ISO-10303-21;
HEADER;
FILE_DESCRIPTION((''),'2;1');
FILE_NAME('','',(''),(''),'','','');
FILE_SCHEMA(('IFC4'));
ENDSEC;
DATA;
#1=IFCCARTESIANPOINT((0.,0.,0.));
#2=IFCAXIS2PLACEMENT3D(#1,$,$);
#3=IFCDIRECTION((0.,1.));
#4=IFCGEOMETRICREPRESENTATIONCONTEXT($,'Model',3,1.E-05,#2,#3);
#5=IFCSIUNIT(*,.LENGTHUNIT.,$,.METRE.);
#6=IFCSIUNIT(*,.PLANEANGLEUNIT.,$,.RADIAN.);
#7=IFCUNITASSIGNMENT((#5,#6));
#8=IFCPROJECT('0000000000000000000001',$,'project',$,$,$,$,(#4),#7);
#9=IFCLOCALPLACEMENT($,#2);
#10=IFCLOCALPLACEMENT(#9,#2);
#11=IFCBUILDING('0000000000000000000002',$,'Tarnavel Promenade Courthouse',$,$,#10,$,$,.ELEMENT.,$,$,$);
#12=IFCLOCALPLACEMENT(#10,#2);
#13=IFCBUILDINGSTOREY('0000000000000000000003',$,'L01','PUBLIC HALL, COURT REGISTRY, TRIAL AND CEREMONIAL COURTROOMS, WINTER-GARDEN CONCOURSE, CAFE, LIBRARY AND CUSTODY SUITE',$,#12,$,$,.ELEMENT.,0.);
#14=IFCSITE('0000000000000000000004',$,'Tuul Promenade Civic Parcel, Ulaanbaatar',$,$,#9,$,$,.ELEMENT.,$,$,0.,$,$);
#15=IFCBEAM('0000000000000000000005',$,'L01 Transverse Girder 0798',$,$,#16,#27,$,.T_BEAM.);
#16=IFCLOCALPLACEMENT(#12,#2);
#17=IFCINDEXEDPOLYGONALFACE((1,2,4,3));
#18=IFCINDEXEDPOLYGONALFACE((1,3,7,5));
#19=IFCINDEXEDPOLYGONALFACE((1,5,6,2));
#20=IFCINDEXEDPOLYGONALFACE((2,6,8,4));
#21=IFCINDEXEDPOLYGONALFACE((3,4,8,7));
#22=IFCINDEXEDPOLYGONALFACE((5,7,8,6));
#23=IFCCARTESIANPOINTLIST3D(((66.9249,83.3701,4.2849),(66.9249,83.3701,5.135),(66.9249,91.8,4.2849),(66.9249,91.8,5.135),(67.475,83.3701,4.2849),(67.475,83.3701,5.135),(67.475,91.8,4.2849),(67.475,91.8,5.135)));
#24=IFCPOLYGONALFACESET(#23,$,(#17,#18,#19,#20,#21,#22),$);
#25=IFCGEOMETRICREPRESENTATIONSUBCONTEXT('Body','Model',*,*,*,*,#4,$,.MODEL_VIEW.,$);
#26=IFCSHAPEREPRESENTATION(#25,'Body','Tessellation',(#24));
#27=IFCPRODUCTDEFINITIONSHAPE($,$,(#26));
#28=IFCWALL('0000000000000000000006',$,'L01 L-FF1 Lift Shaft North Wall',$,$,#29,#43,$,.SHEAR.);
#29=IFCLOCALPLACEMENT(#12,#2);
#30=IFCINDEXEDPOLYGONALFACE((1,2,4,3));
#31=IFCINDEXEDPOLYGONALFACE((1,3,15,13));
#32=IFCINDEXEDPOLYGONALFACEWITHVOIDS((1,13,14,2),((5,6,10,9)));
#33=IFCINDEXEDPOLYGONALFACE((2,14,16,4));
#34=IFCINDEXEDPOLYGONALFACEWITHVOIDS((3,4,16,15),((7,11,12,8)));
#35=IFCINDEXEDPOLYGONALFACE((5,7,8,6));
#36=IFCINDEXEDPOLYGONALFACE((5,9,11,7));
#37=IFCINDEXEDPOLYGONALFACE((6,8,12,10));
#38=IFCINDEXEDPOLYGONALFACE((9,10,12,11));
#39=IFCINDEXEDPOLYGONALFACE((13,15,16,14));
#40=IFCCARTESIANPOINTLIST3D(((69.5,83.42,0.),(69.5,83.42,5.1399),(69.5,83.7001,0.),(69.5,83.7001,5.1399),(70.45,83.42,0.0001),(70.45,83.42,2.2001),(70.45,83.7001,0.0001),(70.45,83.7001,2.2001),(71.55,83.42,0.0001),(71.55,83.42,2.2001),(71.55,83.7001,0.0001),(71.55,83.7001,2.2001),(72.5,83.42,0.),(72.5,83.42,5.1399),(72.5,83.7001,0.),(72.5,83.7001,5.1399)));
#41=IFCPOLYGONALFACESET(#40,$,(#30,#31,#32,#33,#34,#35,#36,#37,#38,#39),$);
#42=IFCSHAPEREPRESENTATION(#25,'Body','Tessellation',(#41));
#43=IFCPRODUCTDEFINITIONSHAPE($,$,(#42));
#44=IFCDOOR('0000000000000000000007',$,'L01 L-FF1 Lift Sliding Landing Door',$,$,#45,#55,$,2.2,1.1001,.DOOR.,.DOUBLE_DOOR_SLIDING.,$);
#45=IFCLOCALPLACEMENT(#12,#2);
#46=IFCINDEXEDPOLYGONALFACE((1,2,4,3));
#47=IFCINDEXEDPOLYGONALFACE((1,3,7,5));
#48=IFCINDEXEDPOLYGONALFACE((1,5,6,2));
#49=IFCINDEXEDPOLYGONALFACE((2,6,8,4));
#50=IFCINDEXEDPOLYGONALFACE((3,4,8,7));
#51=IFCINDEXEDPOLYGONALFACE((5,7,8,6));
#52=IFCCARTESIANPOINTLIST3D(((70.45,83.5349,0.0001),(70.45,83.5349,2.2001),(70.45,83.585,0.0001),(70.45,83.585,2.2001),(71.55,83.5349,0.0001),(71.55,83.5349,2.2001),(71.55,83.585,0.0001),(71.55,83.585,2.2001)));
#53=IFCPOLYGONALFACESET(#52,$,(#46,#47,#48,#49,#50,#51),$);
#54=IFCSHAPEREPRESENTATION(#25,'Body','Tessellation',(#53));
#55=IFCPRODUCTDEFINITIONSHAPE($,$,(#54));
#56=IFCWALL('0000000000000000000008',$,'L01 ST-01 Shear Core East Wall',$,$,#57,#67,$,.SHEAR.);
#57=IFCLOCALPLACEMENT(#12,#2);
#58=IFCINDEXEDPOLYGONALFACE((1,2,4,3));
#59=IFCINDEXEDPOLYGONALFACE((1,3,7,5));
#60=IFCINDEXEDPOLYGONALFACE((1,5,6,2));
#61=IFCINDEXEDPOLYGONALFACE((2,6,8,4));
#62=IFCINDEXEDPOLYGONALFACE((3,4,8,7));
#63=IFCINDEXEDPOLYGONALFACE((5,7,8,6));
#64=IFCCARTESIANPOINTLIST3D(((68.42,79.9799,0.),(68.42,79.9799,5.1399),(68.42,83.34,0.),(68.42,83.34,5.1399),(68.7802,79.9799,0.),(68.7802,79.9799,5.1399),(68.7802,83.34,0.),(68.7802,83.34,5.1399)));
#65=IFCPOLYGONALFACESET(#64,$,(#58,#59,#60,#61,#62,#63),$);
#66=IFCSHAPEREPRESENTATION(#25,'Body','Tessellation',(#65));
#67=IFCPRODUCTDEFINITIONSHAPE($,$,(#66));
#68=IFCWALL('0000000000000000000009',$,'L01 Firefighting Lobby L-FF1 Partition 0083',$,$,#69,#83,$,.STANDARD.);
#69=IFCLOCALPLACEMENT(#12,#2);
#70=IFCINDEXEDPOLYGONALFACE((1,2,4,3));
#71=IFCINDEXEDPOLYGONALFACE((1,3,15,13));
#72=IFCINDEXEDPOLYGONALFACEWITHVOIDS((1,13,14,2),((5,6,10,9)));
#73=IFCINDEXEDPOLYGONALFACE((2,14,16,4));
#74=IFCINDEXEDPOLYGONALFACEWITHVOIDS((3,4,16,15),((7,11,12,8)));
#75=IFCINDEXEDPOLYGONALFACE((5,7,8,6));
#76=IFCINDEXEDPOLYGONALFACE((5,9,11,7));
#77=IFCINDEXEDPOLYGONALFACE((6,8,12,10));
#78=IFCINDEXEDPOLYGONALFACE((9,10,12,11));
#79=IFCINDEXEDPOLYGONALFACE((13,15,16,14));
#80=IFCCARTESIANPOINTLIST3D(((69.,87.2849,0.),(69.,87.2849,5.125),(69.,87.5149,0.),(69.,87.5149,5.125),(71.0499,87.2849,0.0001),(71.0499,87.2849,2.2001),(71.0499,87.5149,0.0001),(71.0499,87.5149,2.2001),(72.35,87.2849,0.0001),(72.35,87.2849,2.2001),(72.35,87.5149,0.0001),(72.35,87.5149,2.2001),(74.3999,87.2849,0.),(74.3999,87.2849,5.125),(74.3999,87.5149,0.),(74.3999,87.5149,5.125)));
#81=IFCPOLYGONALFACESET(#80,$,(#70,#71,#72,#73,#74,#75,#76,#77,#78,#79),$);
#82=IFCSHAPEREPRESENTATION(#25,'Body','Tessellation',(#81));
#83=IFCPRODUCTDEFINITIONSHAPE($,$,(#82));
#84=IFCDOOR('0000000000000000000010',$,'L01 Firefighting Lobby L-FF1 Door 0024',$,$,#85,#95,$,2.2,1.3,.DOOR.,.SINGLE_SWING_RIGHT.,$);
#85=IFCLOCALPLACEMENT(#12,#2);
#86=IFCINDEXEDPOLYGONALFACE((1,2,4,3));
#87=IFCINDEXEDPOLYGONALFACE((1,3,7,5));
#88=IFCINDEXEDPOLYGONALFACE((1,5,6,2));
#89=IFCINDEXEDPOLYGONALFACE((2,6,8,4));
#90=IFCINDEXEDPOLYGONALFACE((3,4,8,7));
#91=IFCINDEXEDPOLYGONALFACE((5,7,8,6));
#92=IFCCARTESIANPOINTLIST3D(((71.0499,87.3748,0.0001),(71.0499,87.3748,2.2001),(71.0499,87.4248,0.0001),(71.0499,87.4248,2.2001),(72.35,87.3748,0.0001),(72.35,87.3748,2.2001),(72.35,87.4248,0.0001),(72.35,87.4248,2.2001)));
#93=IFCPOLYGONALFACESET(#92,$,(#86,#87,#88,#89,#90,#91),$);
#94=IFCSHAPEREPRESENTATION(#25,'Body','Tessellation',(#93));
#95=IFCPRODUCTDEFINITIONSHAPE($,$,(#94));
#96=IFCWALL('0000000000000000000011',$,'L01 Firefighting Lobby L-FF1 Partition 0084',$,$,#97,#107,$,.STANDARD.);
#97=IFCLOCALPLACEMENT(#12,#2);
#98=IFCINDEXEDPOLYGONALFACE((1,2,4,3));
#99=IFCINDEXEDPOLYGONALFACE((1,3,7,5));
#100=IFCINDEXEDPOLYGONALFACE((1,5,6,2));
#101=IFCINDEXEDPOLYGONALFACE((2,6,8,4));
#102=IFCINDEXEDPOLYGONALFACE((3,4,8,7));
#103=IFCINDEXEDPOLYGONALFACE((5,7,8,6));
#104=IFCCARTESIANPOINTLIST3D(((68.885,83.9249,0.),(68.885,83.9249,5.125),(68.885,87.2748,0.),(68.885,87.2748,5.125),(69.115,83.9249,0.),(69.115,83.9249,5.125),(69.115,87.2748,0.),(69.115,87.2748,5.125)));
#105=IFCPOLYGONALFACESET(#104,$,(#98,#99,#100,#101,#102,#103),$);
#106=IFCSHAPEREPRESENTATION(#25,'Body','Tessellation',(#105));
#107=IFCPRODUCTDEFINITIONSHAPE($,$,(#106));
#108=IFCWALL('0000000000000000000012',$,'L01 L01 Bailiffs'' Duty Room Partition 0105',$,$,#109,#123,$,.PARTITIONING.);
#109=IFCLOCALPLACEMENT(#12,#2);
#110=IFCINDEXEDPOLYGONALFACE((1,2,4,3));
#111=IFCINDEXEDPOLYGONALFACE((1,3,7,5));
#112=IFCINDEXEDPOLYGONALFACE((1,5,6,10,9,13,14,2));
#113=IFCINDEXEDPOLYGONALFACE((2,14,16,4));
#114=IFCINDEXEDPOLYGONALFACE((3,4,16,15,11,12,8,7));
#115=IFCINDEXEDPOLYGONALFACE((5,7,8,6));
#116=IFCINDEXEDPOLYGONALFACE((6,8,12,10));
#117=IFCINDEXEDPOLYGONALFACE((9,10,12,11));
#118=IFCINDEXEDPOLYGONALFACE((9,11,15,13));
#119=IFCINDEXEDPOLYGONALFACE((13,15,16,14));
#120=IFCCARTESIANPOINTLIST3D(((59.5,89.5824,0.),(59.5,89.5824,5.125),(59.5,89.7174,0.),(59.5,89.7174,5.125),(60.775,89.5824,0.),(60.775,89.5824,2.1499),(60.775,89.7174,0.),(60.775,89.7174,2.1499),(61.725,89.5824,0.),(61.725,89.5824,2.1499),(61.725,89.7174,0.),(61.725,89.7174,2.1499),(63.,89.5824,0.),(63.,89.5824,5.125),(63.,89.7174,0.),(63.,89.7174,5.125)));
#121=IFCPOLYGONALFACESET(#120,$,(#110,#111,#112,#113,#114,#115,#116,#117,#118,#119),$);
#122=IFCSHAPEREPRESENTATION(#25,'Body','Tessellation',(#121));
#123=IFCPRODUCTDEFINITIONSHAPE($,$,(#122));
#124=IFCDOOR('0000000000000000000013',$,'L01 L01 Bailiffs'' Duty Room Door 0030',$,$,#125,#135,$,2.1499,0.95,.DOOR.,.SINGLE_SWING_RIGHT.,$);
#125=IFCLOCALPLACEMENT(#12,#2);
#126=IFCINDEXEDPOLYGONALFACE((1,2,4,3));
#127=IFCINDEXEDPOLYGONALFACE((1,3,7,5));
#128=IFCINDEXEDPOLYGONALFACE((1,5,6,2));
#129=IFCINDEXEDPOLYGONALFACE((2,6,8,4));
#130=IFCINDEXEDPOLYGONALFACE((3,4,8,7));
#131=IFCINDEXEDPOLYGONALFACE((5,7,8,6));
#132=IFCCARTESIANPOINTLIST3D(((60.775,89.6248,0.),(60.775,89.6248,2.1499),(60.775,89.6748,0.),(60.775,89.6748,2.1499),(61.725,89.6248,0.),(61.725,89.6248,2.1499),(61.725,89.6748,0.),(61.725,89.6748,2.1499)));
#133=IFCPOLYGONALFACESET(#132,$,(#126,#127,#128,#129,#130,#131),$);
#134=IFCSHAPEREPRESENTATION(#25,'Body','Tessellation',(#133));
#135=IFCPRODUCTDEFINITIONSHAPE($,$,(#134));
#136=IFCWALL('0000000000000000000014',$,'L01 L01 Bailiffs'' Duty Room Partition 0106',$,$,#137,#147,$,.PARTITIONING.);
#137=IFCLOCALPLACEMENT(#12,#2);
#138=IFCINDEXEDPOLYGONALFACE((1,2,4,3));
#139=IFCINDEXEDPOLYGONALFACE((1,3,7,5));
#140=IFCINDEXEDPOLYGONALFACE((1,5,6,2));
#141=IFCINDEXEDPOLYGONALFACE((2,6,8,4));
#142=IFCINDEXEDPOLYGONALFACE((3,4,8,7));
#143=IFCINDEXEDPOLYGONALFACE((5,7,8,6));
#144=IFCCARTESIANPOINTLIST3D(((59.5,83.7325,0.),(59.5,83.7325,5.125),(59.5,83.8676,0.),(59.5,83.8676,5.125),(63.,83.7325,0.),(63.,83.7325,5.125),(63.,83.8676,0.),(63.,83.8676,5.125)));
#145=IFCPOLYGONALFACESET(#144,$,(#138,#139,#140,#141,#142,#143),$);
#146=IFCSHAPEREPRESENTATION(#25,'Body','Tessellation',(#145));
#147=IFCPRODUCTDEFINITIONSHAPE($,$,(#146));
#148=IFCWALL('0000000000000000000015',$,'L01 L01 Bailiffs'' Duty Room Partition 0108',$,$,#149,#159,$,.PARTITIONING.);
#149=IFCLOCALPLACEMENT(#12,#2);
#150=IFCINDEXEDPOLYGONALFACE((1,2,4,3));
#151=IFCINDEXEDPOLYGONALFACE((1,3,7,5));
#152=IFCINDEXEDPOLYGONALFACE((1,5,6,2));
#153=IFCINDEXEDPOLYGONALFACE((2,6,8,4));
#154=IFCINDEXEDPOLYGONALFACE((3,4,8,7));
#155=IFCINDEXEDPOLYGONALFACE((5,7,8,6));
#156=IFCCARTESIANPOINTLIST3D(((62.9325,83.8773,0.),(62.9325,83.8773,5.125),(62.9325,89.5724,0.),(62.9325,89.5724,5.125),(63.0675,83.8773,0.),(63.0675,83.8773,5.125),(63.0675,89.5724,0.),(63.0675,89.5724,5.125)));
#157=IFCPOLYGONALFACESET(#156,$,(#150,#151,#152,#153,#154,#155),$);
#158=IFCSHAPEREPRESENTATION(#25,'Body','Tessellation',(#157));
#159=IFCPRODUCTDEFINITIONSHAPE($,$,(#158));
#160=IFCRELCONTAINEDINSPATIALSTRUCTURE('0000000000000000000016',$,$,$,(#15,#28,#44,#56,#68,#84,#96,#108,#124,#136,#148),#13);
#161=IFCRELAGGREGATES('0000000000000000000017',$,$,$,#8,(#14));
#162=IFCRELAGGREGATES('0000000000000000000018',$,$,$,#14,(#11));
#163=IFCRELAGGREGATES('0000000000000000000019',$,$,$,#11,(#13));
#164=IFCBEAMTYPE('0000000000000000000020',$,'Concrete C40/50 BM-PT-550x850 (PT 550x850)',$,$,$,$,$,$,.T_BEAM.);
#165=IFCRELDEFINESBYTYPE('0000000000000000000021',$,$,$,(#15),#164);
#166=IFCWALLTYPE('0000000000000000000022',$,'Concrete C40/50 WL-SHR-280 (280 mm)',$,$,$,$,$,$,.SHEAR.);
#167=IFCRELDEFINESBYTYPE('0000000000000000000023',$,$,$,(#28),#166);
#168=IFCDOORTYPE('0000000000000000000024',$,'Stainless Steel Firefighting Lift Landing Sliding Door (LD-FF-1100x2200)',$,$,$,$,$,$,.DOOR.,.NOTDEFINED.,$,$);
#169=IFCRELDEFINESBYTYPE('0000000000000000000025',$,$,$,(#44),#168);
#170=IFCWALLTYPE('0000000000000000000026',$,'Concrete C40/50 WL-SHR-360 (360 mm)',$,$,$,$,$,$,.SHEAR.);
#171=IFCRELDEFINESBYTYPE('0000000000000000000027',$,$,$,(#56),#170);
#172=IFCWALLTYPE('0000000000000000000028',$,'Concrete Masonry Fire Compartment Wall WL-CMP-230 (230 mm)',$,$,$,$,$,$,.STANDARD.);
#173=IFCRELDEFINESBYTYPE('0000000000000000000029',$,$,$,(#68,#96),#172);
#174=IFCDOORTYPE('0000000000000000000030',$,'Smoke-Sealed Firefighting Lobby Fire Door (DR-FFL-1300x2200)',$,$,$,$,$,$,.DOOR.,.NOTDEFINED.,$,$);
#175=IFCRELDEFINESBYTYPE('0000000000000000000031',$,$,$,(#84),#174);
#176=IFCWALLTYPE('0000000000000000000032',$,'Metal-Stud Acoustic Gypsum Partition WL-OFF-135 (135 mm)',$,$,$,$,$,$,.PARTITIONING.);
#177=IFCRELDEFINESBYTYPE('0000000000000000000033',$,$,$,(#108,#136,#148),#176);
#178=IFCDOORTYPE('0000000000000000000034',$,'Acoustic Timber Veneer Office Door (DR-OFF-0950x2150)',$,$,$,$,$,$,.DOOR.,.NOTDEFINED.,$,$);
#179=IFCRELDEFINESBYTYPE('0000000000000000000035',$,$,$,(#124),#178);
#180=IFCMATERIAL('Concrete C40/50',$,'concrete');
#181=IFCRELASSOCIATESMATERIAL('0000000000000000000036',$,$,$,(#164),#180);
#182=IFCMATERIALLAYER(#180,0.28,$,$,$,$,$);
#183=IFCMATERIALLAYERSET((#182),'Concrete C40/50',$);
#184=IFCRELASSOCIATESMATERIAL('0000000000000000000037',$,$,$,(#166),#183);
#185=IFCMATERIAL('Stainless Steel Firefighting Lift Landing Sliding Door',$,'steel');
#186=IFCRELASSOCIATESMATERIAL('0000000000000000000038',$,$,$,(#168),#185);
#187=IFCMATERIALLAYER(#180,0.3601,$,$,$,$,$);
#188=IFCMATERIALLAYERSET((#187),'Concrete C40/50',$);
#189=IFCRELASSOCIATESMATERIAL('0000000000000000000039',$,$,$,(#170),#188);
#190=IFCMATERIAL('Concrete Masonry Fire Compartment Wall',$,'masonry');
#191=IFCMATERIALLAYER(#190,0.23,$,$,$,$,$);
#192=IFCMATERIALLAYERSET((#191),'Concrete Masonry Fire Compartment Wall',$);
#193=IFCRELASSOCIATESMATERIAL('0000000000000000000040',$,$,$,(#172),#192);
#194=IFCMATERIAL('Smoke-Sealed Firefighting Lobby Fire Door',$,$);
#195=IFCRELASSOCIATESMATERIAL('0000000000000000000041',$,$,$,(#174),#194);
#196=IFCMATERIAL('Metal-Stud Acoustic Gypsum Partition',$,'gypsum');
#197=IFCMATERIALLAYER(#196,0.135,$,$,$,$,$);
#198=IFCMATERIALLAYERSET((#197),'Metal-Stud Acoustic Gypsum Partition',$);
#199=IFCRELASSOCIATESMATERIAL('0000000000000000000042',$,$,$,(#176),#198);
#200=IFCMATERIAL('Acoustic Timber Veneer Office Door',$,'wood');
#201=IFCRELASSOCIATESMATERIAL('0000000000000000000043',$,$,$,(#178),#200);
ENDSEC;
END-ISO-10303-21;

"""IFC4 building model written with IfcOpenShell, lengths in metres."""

from ifc_helpers import new_model, si_unit, direction, frame, frame_2d, origin, origin_2d, place, context, subcontext, project, spatial, rectangle, extrude, material, layer, layer_set, material_profile, profile_set, type_object, element, fill, save


model = new_model("IFC4")

# Units and contexts
model_context = context("Model", 3, precision=1e-05, world=origin(), true_north=direction((0.0, 1.0)))
body_context = subcontext(model_context, "Body", "Model", "MODEL_VIEW")
ifc_project = project(units=[si_unit("LENGTHUNIT", "METRE"), si_unit("PLANEANGLEUNIT", "RADIAN")], contexts=[model_context])

# Site, building, storey
site_placement = place(None, origin())
site = spatial("IfcSite", under=ifc_project, at=site_placement, Name="Tuul Promenade Civic Parcel, Ulaanbaatar", CompositionType="ELEMENT", RefElevation=0.0)
building_placement = place(site_placement, origin())
building = spatial("IfcBuilding", under=site, at=building_placement, Name="Tarnavel Promenade Courthouse", CompositionType="ELEMENT")
storey_placement = place(building_placement, origin())
storey = spatial("IfcBuildingStorey", under=building, at=storey_placement, Name="L01", Description="PUBLIC HALL, COURT REGISTRY, TRIAL AND CEREMONIAL COURTROOMS, WINTER-GARDEN CONCOURSE, CAFE, LIBRARY AND CUSTODY SUITE", CompositionType="ELEMENT", Elevation=0.0)

# Beam
ifc_material_1 = material(Name="Concrete C40/50", Category="concrete")
ifc_material_profile = material_profile(ifc_material_1, rectangle(XDim=0.55, YDim=0.8501, at=origin_2d()), Name="PT 550x850")
ifc_profile_set = profile_set([ifc_material_profile], Name="Concrete C40/50")
beam_type = type_object("IfcBeamType", Name="Concrete C40/50 BM-PT-550x850 (PT 550x850)", PredefinedType="T_BEAM", material=ifc_profile_set)
beam_placement = place(storey_placement, frame((67.2, 83.3701, 4.71), z_axis=(0.0, 1.0, 0.0), x_axis=(-1.0, 0.0, 0.0)))
element("IfcBeam", 1, at=beam_placement, inside=storey, type_object=beam_type, Name="L01 Transverse Girder 0798", PredefinedType="T_BEAM", context=body_context, shape_type="SweptSolid", body=[
    extrude(rectangle(XDim=0.55, YDim=0.8501, at=origin_2d()), origin(), (0.0, 0.0, 1.0), 8.4299),
])

# Wall, opening, door
ifc_layer_1 = layer(ifc_material_1, 0.28)
ifc_layer_set_1 = layer_set([ifc_layer_1], Name="Concrete C40/50")
wall_type_1 = type_object("IfcWallType", Name="Concrete C40/50 WL-SHR-280 (280 mm)", PredefinedType="SHEAR", material=ifc_layer_set_1)
wall_1_placement = place(storey_placement, frame((69.5, 83.5601, 0.0), z_axis=(0.0, 0.0, 1.0), x_axis=(1.0, 0.0, 0.0)))
wall_1 = element("IfcWall", 2, at=wall_1_placement, inside=storey, type_object=wall_type_1, Name="L01 L-FF1 Lift Shaft North Wall", PredefinedType="SHEAR", context=body_context, shape_type="SweptSolid", body=[
    extrude(rectangle(XDim=3.0, YDim=0.28, at=frame_2d((1.5, 0.0))), origin(), (0.0, 0.0, 1.0), 5.1399),
])
opening_1_placement = place(wall_1_placement, frame((0.95, 0.0, 0.0)))
opening_1 = element("IfcOpeningElement", 3, at=opening_1_placement, cuts=wall_1, PredefinedType="OPENING", context=body_context, shape_type="SweptSolid", body=[
    extrude(rectangle(XDim=1.1001, YDim=2.2, at=frame_2d((0.55, 1.1001))), frame((0.0, 0.1499, 0.0), z_axis=(0.0, -1.0, 0.0), x_axis=(1.0, 0.0, 0.0)), (0.0, 0.0, 1.0), 0.3),
])
ifc_material_2 = material(Name="Stainless Steel Firefighting Lift Landing Sliding Door", Category="steel")
door_type_1 = type_object("IfcDoorType", Name="Stainless Steel Firefighting Lift Landing Sliding Door (LD-FF-1100x2200)", OperationType="NOTDEFINED", PredefinedType="DOOR", material=ifc_material_2)
door_1_placement = place(opening_1_placement, origin())
door_1 = element("IfcDoor", 4, at=door_1_placement, inside=storey, type_object=door_type_1, Name="L01 L-FF1 Lift Sliding Landing Door", OperationType="DOUBLE_DOOR_SLIDING", OverallHeight=2.2, OverallWidth=1.1001, PredefinedType="DOOR", context=body_context, shape_type="SweptSolid", body=[
    extrude(rectangle(XDim=1.1001, YDim=2.2, at=frame_2d((0.55, 1.1001))), frame((0.0, 0.0249, 0.0), z_axis=(0.0, -1.0, 0.0), x_axis=(1.0, 0.0, 0.0)), (0.0, 0.0, 1.0), 0.05),
])
fill(opening_1, door_1)

# Wall
ifc_layer_2 = layer(ifc_material_1, 0.3601)
ifc_layer_set_2 = layer_set([ifc_layer_2], Name="Concrete C40/50")
wall_type_2 = type_object("IfcWallType", Name="Concrete C40/50 WL-SHR-360 (360 mm)", PredefinedType="SHEAR", material=ifc_layer_set_2)
wall_2_placement = place(storey_placement, frame((68.6001, 83.3401, 0.0), z_axis=(0.0, 0.0, 1.0), x_axis=(0.0, -1.0, 0.0)))
element("IfcWall", 5, at=wall_2_placement, inside=storey, type_object=wall_type_2, Name="L01 ST-01 Shear Core East Wall", PredefinedType="SHEAR", context=body_context, shape_type="SweptSolid", body=[
    extrude(rectangle(XDim=3.3601, YDim=0.3601, at=frame_2d((1.6802, 0.0))), origin(), (0.0, 0.0, 1.0), 5.1399),
])

# Wall, opening, door
ifc_material_3 = material(Name="Concrete Masonry Fire Compartment Wall", Category="masonry")
ifc_layer_3 = layer(ifc_material_3, 0.23)
ifc_layer_set_3 = layer_set([ifc_layer_3], Name="Concrete Masonry Fire Compartment Wall")
wall_type_3 = type_object("IfcWallType", Name="Concrete Masonry Fire Compartment Wall WL-CMP-230 (230 mm)", PredefinedType="STANDARD", material=ifc_layer_set_3)
wall_3_placement = place(storey_placement, frame((69.0, 87.3999, 0.0), z_axis=(0.0, 0.0, 1.0), x_axis=(1.0, 0.0, 0.0)))
wall_3 = element("IfcWall", 6, at=wall_3_placement, inside=storey, type_object=wall_type_3, Name="L01 Firefighting Lobby L-FF1 Partition 0083", PredefinedType="STANDARD", context=body_context, shape_type="SweptSolid", body=[
    extrude(rectangle(XDim=5.3999, YDim=0.23, at=frame_2d((2.7, 0.0))), origin(), (0.0, 0.0, 1.0), 5.125),
])
opening_2_placement = place(wall_3_placement, frame((2.05, 0.0, 0.0)))
opening_2 = element("IfcOpeningElement", 7, at=opening_2_placement, cuts=wall_3, PredefinedType="OPENING", context=body_context, shape_type="SweptSolid", body=[
    extrude(rectangle(XDim=1.3, YDim=2.2, at=frame_2d((0.6499, 1.1001))), frame((0.0, 0.125, 0.0), z_axis=(0.0, -1.0, 0.0), x_axis=(1.0, 0.0, 0.0)), (0.0, 0.0, 1.0), 0.25),
])
ifc_material_4 = material(Name="Smoke-Sealed Firefighting Lobby Fire Door")
door_type_2 = type_object("IfcDoorType", Name="Smoke-Sealed Firefighting Lobby Fire Door (DR-FFL-1300x2200)", OperationType="NOTDEFINED", PredefinedType="DOOR", material=ifc_material_4)
door_2_placement = place(opening_2_placement, origin())
door_2 = element("IfcDoor", 8, at=door_2_placement, inside=storey, type_object=door_type_2, Name="L01 Firefighting Lobby L-FF1 Door 0024", OperationType="SINGLE_SWING_RIGHT", OverallHeight=2.2, OverallWidth=1.3, PredefinedType="DOOR", context=body_context, shape_type="SweptSolid", body=[
    extrude(rectangle(XDim=1.3, YDim=2.2, at=frame_2d((0.6499, 1.1001))), frame((0.0, 0.0249, 0.0), z_axis=(0.0, -1.0, 0.0), x_axis=(1.0, 0.0, 0.0)), (0.0, 0.0, 1.0), 0.05),
])
fill(opening_2, door_2)

# Wall
wall_4_placement = place(storey_placement, frame((69.0, 83.925, 0.0), z_axis=(0.0, 0.0, 1.0), x_axis=(0.0, 1.0, 0.0)))
element("IfcWall", 9, at=wall_4_placement, inside=storey, type_object=wall_type_3, Name="L01 Firefighting Lobby L-FF1 Partition 0084", PredefinedType="STANDARD", context=body_context, shape_type="SweptSolid", body=[
    extrude(rectangle(XDim=3.3499, YDim=0.23, at=frame_2d((1.6748, 0.0))), origin(), (0.0, 0.0, 1.0), 5.125),
])

# Wall, opening, door
ifc_material_5 = material(Name="Metal-Stud Acoustic Gypsum Partition", Category="gypsum")
ifc_layer_4 = layer(ifc_material_5, 0.135)
ifc_layer_set_4 = layer_set([ifc_layer_4], Name="Metal-Stud Acoustic Gypsum Partition")
wall_type_4 = type_object("IfcWallType", Name="Metal-Stud Acoustic Gypsum Partition WL-OFF-135 (135 mm)", PredefinedType="PARTITIONING", material=ifc_layer_set_4)
wall_5_placement = place(storey_placement, frame((59.5, 89.6499, 0.0), z_axis=(0.0, 0.0, 1.0), x_axis=(1.0, 0.0, 0.0)))
wall_5 = element("IfcWall", 10, at=wall_5_placement, inside=storey, type_object=wall_type_4, Name="L01 L01 Bailiffs' Duty Room Partition 0105", PredefinedType="PARTITIONING", context=body_context, shape_type="SweptSolid", body=[
    extrude(rectangle(XDim=3.5, YDim=0.135, at=frame_2d((1.75, 0.0))), origin(), (0.0, 0.0, 1.0), 5.125),
])
opening_3_placement = place(wall_5_placement, frame((1.2749, 0.0, 0.0)))
opening_3 = element("IfcOpeningElement", 11, at=opening_3_placement, cuts=wall_5, PredefinedType="OPENING", context=body_context, shape_type="SweptSolid", body=[
    extrude(rectangle(XDim=0.95, YDim=2.1499, at=frame_2d((0.4751, 1.075))), frame((0.0, 0.0774, 0.0), z_axis=(0.0, -1.0, 0.0), x_axis=(1.0, 0.0, 0.0)), (0.0, 0.0, 1.0), 0.155),
])
ifc_material_6 = material(Name="Acoustic Timber Veneer Office Door", Category="wood")
door_type_3 = type_object("IfcDoorType", Name="Acoustic Timber Veneer Office Door (DR-OFF-0950x2150)", OperationType="NOTDEFINED", PredefinedType="DOOR", material=ifc_material_6)
door_3_placement = place(opening_3_placement, origin())
door_3 = element("IfcDoor", 12, at=door_3_placement, inside=storey, type_object=door_type_3, Name="L01 L01 Bailiffs' Duty Room Door 0030", OperationType="SINGLE_SWING_RIGHT", OverallHeight=2.1499, OverallWidth=0.95, PredefinedType="DOOR", context=body_context, shape_type="SweptSolid", body=[
    extrude(rectangle(XDim=0.95, YDim=2.1499, at=frame_2d((0.4751, 1.075))), frame((0.0, 0.0249, 0.0), z_axis=(0.0, -1.0, 0.0), x_axis=(1.0, 0.0, 0.0)), (0.0, 0.0, 1.0), 0.05),
])
fill(opening_3, door_3)

# Walls
wall_6_placement = place(storey_placement, frame((63.0, 83.8, 0.0), z_axis=(0.0, 0.0, 1.0), x_axis=(-1.0, 0.0, 0.0)))
element("IfcWall", 13, at=wall_6_placement, inside=storey, type_object=wall_type_4, Name="L01 L01 Bailiffs' Duty Room Partition 0106", PredefinedType="PARTITIONING", context=body_context, shape_type="SweptSolid", body=[
    extrude(rectangle(XDim=3.5, YDim=0.135, at=frame_2d((1.75, 0.0))), origin(), (0.0, 0.0, 1.0), 5.125),
])
for number, where, z_axis, x_axis, name in (
    (14, (63.0, 89.5725, 0.0), (0.0, 0.0, 1.0), (0.0, -1.0, 0.0), "L01 L01 Bailiffs' Duty Room Partition 0108"),
):
    element("IfcWall", number, at=place(storey_placement, frame(where, z_axis=z_axis, x_axis=x_axis)), inside=storey, type_object=wall_type_4, Name=name, PredefinedType="PARTITIONING", context=body_context, shape_type="SweptSolid", body=[
        extrude(rectangle(XDim=5.6951, YDim=0.135, at=frame_2d((2.8477, 0.0))), origin(), (0.0, 0.0, 1.0), 5.125),
    ])

save(model, "model.ifc")
